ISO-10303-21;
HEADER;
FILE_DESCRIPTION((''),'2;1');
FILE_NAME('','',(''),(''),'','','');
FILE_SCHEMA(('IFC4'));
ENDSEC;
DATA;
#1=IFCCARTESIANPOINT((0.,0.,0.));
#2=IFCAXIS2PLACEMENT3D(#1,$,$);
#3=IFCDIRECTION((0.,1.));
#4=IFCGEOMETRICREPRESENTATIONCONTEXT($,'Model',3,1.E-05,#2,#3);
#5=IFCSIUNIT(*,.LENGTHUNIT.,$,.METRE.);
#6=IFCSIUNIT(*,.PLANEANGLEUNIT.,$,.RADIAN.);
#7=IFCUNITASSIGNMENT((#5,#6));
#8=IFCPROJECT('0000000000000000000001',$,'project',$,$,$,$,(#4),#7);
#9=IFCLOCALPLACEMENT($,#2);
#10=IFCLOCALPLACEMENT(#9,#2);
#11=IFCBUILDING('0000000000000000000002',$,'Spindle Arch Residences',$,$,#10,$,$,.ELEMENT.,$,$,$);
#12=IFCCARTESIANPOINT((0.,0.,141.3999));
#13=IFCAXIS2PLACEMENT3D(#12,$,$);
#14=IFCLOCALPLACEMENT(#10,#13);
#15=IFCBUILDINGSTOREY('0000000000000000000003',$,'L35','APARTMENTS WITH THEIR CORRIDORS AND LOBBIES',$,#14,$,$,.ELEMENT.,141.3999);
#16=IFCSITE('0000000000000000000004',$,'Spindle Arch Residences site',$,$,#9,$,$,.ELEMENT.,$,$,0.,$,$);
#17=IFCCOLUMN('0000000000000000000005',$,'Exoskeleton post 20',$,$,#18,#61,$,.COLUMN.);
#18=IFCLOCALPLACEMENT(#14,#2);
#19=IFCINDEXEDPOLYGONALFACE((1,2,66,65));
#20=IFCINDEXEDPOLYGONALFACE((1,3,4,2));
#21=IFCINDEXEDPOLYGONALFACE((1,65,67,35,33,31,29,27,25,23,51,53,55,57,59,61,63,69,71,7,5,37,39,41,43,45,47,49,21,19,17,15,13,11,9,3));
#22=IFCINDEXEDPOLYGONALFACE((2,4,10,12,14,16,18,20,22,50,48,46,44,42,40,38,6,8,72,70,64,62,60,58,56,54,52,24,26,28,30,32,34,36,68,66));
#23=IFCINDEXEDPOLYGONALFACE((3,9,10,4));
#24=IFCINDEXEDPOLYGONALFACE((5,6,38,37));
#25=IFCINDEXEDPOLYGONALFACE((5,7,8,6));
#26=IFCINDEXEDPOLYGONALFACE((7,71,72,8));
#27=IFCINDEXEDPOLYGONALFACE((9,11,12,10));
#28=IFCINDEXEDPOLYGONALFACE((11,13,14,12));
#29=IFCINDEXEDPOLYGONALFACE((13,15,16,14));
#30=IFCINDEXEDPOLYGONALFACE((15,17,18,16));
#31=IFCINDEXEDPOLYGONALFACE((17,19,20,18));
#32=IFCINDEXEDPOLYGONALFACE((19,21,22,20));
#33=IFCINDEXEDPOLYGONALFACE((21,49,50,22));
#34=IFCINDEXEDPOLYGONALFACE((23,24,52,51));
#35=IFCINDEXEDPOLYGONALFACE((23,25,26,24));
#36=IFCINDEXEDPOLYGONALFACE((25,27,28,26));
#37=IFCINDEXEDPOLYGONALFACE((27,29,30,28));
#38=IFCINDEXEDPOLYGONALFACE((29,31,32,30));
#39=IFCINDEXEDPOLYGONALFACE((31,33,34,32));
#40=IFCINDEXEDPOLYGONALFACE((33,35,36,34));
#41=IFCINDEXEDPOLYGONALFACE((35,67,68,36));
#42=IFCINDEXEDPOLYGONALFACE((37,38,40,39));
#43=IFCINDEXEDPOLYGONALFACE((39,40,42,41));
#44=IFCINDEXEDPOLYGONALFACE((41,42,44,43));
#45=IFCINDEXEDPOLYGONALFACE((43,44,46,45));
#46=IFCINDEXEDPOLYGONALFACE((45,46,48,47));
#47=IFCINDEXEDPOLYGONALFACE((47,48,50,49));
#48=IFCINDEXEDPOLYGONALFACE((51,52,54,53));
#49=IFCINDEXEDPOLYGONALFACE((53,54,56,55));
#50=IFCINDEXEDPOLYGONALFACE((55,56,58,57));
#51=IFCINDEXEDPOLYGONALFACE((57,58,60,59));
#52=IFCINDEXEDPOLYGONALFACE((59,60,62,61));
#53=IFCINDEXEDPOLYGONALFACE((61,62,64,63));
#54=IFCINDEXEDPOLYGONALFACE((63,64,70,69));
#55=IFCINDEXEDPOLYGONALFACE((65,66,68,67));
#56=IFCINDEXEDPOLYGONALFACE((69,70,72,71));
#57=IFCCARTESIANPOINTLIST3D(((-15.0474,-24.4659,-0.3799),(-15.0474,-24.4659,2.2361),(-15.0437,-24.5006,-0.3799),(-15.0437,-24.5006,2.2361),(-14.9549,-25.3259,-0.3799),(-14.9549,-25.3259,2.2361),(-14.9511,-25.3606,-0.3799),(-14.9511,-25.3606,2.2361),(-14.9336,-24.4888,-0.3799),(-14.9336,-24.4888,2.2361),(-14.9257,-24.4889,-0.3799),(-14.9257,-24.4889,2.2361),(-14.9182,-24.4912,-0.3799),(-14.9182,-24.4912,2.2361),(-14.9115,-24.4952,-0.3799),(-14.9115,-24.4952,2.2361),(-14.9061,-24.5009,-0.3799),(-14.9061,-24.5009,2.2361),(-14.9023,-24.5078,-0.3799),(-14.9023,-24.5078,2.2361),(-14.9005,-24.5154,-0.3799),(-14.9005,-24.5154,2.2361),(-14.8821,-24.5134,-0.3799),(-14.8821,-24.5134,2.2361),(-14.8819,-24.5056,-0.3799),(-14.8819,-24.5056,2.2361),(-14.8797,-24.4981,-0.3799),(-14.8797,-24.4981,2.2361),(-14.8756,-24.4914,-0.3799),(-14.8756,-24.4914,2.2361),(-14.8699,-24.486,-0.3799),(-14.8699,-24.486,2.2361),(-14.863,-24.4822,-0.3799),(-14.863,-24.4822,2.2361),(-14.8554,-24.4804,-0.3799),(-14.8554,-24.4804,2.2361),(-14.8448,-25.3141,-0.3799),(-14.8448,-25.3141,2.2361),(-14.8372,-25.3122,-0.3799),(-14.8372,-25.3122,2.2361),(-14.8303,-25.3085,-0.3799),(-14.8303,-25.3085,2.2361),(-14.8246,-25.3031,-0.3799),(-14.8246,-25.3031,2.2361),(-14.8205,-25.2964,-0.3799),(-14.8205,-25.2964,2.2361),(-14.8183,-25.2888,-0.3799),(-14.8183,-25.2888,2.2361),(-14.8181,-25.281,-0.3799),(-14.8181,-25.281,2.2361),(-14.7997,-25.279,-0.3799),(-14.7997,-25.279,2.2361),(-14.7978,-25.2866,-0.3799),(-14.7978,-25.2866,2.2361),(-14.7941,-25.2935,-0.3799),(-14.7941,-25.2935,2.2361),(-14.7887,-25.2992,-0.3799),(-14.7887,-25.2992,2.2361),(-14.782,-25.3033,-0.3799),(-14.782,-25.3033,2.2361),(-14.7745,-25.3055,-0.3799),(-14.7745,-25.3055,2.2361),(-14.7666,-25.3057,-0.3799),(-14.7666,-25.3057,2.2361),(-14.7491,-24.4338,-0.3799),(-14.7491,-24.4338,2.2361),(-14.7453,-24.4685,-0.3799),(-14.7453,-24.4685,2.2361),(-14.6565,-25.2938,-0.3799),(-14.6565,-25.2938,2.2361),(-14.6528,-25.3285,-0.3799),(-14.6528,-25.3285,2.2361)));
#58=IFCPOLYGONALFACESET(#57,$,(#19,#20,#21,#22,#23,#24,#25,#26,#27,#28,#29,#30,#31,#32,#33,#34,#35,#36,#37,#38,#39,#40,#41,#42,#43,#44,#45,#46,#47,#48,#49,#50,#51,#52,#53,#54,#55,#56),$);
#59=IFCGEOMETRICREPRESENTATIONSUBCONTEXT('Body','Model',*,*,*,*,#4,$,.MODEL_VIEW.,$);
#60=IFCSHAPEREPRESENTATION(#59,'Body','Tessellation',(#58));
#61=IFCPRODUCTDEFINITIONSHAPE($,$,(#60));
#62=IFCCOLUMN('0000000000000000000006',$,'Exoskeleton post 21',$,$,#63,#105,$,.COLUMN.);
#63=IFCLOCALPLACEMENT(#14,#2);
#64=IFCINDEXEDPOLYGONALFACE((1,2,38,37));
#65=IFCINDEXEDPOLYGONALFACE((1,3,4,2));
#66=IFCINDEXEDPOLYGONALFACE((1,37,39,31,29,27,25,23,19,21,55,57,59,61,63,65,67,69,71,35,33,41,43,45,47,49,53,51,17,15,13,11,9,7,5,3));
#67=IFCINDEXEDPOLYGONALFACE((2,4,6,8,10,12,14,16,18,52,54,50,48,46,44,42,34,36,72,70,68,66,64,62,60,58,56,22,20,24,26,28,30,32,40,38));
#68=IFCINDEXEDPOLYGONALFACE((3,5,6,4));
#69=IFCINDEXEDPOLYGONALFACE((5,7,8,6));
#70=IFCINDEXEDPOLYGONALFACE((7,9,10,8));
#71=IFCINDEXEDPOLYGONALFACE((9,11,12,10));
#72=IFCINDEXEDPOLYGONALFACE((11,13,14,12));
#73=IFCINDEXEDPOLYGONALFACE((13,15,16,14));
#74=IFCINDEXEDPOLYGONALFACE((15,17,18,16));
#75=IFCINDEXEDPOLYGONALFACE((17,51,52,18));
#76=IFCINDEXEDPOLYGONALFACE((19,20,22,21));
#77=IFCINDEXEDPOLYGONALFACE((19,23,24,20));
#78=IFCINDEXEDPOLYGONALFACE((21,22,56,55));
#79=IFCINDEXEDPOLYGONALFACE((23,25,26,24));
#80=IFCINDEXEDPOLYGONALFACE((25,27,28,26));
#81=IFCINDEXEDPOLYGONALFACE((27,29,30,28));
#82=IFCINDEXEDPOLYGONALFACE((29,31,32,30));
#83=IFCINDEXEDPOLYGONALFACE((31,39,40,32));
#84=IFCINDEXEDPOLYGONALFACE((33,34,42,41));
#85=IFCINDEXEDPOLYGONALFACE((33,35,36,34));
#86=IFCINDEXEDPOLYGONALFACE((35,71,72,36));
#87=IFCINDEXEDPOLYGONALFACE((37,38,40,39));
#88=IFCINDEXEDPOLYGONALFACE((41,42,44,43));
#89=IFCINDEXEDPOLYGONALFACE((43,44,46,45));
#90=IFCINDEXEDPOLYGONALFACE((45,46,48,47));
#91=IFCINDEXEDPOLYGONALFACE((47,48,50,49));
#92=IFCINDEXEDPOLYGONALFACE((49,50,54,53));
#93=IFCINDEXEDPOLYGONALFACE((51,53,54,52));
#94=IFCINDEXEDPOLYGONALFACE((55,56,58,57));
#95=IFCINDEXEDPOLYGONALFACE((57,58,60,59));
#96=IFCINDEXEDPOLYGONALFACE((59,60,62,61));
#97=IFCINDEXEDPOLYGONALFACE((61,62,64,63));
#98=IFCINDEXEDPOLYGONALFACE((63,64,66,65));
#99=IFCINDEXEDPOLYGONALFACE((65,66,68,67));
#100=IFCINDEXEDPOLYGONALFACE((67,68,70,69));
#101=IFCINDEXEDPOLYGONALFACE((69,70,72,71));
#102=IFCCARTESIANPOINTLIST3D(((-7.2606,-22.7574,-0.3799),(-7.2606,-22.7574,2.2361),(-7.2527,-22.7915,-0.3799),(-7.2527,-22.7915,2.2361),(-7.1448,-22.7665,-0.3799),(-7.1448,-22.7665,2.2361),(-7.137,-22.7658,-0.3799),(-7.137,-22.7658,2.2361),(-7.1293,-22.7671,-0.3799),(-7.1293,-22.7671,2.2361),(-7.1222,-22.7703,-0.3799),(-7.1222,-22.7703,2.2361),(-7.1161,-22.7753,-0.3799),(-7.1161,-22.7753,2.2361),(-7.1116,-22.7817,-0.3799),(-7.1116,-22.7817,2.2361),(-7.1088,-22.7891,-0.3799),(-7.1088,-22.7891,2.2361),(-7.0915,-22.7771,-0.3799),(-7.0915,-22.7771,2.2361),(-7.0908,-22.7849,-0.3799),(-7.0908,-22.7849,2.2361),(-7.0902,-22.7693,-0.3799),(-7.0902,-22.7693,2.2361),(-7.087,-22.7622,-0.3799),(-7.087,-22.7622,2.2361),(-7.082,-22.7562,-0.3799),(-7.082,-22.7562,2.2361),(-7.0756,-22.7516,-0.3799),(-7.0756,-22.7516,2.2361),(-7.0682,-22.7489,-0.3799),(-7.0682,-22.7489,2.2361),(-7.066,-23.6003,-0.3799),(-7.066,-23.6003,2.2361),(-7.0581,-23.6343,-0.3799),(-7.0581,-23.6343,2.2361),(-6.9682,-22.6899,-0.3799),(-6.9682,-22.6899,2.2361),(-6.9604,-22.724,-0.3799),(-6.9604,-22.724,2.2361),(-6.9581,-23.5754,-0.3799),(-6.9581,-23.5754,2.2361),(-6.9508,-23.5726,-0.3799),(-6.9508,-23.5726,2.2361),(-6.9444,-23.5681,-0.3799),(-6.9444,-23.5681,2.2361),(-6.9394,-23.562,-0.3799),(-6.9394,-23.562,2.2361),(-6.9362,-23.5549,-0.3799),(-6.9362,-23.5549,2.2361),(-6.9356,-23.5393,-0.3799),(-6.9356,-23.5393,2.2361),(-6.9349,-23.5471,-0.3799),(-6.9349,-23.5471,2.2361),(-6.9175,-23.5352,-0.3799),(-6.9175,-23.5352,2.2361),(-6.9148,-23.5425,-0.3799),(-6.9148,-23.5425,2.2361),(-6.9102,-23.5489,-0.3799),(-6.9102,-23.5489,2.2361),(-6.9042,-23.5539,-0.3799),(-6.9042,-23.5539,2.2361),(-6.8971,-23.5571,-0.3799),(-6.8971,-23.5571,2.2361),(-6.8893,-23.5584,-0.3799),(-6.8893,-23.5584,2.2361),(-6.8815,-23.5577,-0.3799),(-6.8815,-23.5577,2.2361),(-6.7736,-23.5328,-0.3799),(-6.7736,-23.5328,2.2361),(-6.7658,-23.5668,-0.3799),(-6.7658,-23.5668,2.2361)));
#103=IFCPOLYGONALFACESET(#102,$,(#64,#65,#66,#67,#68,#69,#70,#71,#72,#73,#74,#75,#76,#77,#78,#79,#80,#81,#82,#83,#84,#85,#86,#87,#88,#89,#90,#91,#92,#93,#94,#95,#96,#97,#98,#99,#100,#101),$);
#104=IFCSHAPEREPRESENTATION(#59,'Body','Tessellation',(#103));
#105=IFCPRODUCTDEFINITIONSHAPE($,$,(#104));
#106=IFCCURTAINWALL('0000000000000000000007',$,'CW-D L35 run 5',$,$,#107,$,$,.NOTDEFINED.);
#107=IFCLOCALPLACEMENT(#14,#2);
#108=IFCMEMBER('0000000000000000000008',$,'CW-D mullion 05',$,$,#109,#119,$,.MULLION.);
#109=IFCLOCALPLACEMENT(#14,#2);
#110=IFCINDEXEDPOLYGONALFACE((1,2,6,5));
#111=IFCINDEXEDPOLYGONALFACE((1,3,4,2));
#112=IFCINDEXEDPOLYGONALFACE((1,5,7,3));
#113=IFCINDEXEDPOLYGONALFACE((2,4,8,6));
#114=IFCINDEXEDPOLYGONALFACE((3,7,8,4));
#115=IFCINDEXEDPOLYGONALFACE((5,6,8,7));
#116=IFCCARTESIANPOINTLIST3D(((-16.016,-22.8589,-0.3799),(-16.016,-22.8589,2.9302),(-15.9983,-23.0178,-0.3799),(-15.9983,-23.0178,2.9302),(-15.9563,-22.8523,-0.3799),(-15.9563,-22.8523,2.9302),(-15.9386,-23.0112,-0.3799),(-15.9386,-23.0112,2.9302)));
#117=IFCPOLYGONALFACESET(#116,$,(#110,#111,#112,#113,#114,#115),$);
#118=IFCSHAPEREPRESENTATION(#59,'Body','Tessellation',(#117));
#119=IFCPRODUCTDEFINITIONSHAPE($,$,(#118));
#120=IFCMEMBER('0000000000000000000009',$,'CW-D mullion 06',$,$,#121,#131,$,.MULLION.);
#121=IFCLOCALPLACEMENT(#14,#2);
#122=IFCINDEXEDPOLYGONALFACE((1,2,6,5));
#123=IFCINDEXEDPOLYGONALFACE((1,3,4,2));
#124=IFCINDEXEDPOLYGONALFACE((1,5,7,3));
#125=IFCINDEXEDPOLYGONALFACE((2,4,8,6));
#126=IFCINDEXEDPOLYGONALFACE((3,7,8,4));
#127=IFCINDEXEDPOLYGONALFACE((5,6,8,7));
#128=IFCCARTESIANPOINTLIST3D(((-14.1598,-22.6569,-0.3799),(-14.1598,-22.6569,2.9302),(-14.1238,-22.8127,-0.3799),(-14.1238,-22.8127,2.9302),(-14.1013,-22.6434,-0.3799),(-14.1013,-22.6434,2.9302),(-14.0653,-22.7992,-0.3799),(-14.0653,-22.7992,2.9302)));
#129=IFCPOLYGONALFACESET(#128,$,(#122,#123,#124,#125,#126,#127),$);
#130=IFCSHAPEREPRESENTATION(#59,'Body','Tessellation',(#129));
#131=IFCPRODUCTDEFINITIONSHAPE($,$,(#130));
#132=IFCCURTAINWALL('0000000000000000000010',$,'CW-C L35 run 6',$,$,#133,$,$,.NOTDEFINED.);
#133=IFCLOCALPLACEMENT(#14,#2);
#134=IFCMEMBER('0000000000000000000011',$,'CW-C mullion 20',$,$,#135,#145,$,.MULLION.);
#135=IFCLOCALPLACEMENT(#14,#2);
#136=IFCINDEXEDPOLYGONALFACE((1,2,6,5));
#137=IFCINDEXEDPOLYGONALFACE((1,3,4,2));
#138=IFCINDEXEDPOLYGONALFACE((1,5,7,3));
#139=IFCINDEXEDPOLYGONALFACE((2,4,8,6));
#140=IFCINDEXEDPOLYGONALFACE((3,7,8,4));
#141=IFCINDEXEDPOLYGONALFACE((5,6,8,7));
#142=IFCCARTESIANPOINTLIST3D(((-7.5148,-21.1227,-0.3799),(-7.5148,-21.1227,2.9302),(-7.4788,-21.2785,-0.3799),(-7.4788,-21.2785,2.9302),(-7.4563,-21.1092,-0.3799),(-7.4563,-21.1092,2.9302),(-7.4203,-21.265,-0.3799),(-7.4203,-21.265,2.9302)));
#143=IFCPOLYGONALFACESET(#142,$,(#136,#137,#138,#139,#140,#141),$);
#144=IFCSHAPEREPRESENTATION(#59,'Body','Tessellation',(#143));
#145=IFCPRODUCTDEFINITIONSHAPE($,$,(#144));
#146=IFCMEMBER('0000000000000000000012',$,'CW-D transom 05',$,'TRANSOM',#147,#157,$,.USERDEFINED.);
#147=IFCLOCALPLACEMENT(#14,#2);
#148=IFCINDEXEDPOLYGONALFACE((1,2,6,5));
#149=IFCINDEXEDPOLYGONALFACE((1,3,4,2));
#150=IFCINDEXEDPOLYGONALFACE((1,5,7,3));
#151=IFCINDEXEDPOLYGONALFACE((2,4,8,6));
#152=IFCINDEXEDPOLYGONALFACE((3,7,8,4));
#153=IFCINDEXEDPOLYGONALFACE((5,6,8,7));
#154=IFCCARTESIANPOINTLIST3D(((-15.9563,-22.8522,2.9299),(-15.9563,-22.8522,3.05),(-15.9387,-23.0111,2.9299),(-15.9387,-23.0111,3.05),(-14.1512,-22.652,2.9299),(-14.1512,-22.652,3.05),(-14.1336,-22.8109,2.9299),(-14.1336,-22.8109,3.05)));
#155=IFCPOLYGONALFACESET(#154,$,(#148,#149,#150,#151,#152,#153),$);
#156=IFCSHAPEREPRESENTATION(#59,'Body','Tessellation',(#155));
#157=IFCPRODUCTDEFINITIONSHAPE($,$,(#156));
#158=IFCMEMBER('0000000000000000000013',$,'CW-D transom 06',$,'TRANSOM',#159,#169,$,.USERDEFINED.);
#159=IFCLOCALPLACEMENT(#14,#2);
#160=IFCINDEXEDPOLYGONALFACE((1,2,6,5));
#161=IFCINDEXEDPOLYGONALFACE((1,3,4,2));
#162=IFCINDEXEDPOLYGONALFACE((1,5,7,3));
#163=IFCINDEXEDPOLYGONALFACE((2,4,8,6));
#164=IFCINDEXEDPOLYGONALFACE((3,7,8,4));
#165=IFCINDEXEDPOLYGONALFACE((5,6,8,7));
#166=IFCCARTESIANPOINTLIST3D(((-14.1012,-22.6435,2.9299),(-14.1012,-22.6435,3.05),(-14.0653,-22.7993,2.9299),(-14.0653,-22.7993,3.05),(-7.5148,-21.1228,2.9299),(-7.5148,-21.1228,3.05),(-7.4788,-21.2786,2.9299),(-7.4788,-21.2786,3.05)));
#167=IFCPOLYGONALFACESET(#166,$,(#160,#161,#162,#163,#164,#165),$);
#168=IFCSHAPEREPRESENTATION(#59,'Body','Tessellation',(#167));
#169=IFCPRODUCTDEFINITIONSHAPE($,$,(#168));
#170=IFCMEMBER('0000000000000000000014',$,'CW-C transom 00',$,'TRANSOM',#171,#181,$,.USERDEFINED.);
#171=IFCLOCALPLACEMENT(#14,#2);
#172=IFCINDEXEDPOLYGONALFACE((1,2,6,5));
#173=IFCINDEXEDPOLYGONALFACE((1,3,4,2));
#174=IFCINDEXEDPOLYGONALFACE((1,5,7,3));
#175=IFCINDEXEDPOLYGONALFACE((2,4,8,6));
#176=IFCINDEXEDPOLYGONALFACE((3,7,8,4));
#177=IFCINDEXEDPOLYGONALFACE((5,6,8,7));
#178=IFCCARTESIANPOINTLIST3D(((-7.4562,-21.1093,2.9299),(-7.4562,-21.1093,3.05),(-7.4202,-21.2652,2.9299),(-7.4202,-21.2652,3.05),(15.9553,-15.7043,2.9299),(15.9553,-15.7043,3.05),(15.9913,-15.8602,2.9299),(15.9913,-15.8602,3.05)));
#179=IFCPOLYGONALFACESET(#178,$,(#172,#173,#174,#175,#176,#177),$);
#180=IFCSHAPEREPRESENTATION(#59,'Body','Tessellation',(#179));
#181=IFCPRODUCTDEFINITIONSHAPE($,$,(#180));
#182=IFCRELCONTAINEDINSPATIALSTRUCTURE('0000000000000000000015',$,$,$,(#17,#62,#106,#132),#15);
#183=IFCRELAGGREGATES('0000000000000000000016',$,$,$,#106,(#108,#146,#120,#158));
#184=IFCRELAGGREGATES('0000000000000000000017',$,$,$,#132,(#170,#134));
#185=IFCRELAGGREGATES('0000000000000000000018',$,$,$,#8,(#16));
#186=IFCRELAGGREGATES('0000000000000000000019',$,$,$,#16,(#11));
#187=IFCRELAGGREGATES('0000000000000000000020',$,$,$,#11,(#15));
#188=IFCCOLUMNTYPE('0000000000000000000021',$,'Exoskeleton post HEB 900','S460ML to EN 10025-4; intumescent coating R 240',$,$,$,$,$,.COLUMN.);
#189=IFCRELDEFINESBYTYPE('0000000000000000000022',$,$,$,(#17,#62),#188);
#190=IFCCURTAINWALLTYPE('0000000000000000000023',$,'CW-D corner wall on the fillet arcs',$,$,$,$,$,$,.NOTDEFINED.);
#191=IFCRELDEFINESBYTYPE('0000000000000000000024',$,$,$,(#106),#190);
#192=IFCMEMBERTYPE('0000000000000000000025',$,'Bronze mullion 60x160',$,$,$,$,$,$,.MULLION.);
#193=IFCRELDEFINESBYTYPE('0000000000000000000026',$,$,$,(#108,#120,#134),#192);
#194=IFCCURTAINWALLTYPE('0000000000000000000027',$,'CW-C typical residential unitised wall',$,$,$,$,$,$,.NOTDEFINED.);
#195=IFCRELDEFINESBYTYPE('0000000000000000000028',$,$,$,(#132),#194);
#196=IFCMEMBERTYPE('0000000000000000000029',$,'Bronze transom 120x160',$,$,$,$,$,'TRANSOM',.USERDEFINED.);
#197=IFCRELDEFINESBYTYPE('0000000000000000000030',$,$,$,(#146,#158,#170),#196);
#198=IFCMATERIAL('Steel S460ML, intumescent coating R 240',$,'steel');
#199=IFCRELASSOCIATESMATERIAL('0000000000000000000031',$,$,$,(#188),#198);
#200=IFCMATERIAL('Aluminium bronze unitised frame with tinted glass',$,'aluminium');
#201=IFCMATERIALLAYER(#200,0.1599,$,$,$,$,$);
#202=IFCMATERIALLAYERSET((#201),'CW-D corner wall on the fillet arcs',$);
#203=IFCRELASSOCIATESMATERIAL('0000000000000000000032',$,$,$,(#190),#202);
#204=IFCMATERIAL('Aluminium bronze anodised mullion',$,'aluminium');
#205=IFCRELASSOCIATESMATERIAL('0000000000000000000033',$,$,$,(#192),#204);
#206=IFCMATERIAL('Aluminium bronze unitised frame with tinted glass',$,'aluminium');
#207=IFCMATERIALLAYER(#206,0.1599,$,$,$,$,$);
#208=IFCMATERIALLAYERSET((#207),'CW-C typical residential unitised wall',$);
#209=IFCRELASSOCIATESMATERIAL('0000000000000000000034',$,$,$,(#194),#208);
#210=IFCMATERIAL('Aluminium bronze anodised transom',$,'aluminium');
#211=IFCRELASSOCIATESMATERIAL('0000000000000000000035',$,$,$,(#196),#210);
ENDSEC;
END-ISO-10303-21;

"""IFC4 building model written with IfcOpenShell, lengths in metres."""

from ifc_helpers import new_model, si_unit, direction, frame, origin, origin_2d, place, context, subcontext, project, spatial, rectangle, i_section, extrude, material, layer, layer_set, material_profile, profile_set, type_object, element, aggregate, save


model = new_model("IFC4")

# Units and contexts
model_context = context("Model", 3, precision=1e-05, world=origin(), true_north=direction((0.0, 1.0)))
body_context = subcontext(model_context, "Body", "Model", "MODEL_VIEW")
ifc_project = project(units=[si_unit("LENGTHUNIT", "METRE"), si_unit("PLANEANGLEUNIT", "RADIAN")], contexts=[model_context])

# Site, building, storey
site_placement = place(None, origin())
site = spatial("IfcSite", under=ifc_project, at=site_placement, Name="Spindle Arch Residences site", CompositionType="ELEMENT", RefElevation=0.0)
building_placement = place(site_placement, origin())
building = spatial("IfcBuilding", under=site, at=building_placement, Name="Spindle Arch Residences", CompositionType="ELEMENT")
storey_placement = place(building_placement, frame((0.0, 0.0, 141.3999)))
storey = spatial("IfcBuildingStorey", under=building, at=storey_placement, Name="L35", Description="APARTMENTS WITH THEIR CORRIDORS AND LOBBIES", CompositionType="ELEMENT", Elevation=141.3999)

# Columns
ifc_material_1 = material(Name="Steel S460ML, intumescent coating R 240", Category="steel")
ifc_material_profile_1 = material_profile(ifc_material_1, i_section(OverallWidth=0.3, OverallDepth=0.8999, WebThickness=0.0186, FlangeThickness=0.0349, FilletRadius=0.03, at=origin_2d()), Name="HEB 900")
ifc_profile_set_1 = profile_set([ifc_material_profile_1], Name="Steel S460ML, intumescent coating R 240")
column_type = type_object("IfcColumnType", Name="Exoskeleton post HEB 900", Description="S460ML to EN 10025-4; intumescent coating R 240", PredefinedType="COLUMN", material=ifc_profile_set_1)
for number, where, z_axis, x_axis, name in (
    (1, (-14.8501, -24.8972, -0.3799), (0.0, 0.0, 1.0), (-0.994264, -0.106952, 0.0), "Exoskeleton post 20"),
    (2, (-7.0132, -23.1621, -0.3799), (0.0, 0.0, 1.0), (-0.97437, -0.224951, 0.0), "Exoskeleton post 21"),
):
    element("IfcColumn", number, at=place(storey_placement, frame(where, z_axis=z_axis, x_axis=x_axis)), inside=storey, type_object=column_type, Name=name, PredefinedType="COLUMN", context=body_context, shape_type="SweptSolid", body=[
        extrude(i_section(OverallWidth=0.3, OverallDepth=0.8999, WebThickness=0.0186, FlangeThickness=0.0349, FilletRadius=0.03, at=origin_2d()), origin(), (0.0, 0.0, 1.0), 2.616),
    ])

# Curtain wall, members
ifc_material_2 = material(Name="Aluminium bronze unitised frame with tinted glass", Category="aluminium")
ifc_layer_1 = layer(ifc_material_2, 0.1599)
ifc_layer_set_1 = layer_set([ifc_layer_1], Name="CW-D corner wall on the fillet arcs")
curtain_wall_type_1 = type_object("IfcCurtainWallType", Name="CW-D corner wall on the fillet arcs", PredefinedType="NOTDEFINED", material=ifc_layer_set_1)
curtain_wall_1_placement = place(storey_placement, origin())
curtain_wall_1 = element("IfcCurtainWall", 3, at=curtain_wall_1_placement, inside=storey, type_object=curtain_wall_type_1, Name="CW-D L35 run 5", PredefinedType="NOTDEFINED")
ifc_material_3 = material(Name="Aluminium bronze anodised mullion", Category="aluminium")
ifc_material_profile_2 = material_profile(ifc_material_3, rectangle(XDim=0.1599, YDim=0.0601, at=origin_2d()), Name="MU 60x160")
ifc_profile_set_2 = profile_set([ifc_material_profile_2], Name="Aluminium bronze anodised mullion")
member_type_1 = type_object("IfcMemberType", Name="Bronze mullion 60x160", PredefinedType="MULLION", material=ifc_profile_set_2)
member_1_placement = place(storey_placement, frame((-15.9773, -22.9351, -0.3799), z_axis=(0.0, 0.0, 1.0), x_axis=(-0.110313, 0.993897, 0.0)))
member_1 = element("IfcMember", 4, at=member_1_placement, type_object=member_type_1, Name="CW-D mullion 05", PredefinedType="MULLION", context=body_context, shape_type="SweptSolid", body=[
    extrude(rectangle(XDim=0.1599, YDim=0.0601, at=origin_2d()), origin(), (0.0, 0.0, 1.0), 3.3101),
])
member_2_placement = place(storey_placement, frame((-14.1125, -22.728, -0.3799), z_axis=(0.0, 0.0, 1.0), x_axis=(-0.224951, 0.97437, 0.0)))
member_2 = element("IfcMember", 5, at=member_2_placement, type_object=member_type_1, Name="CW-D mullion 06", PredefinedType="MULLION", context=body_context, shape_type="SweptSolid", body=[
    extrude(rectangle(XDim=0.1599, YDim=0.0601, at=origin_2d()), origin(), (0.0, 0.0, 1.0), 3.3101),
])

# Curtain wall, member
ifc_material_4 = material(Name="Aluminium bronze unitised frame with tinted glass", Category="aluminium")
ifc_layer_2 = layer(ifc_material_4, 0.1599)
ifc_layer_set_2 = layer_set([ifc_layer_2], Name="CW-C typical residential unitised wall")
curtain_wall_type_2 = type_object("IfcCurtainWallType", Name="CW-C typical residential unitised wall", PredefinedType="NOTDEFINED", material=ifc_layer_set_2)
curtain_wall_2_placement = place(storey_placement, origin())
curtain_wall_2 = element("IfcCurtainWall", 6, at=curtain_wall_2_placement, inside=storey, type_object=curtain_wall_type_2, Name="CW-C L35 run 6", PredefinedType="NOTDEFINED")
member_3_placement = place(storey_placement, frame((-7.4675, -21.1938, -0.3799), z_axis=(0.0, 0.0, 1.0), x_axis=(-0.224951, 0.97437, 0.0)))
member_3 = element("IfcMember", 7, at=member_3_placement, type_object=member_type_1, Name="CW-C mullion 20", PredefinedType="MULLION", context=body_context, shape_type="SweptSolid", body=[
    extrude(rectangle(XDim=0.1599, YDim=0.0601, at=origin_2d()), origin(), (0.0, 0.0, 1.0), 3.3101),
])

# Members
ifc_material_5 = material(Name="Aluminium bronze anodised transom", Category="aluminium")
ifc_material_profile_3 = material_profile(ifc_material_5, rectangle(XDim=0.1599, YDim=0.1201, at=origin_2d()), Name="TR 120x160")
ifc_profile_set_3 = profile_set([ifc_material_profile_3], Name="Aluminium bronze anodised transom")
member_type_2 = type_object("IfcMemberType", Name="Bronze transom 120x160", ElementType="TRANSOM", PredefinedType="USERDEFINED", material=ifc_profile_set_3)
member_4_placement = place(storey_placement, frame((-15.9475, -22.9316, 2.99), z_axis=(0.993907, 0.110225, 0.0), x_axis=(-0.110225, 0.993907, 0.0)))
member_4 = element("IfcMember", 8, at=member_4_placement, type_object=member_type_2, Name="CW-D transom 05", ObjectType="TRANSOM", PredefinedType="USERDEFINED", context=body_context, shape_type="SweptSolid", body=[
    extrude(rectangle(XDim=0.1599, YDim=0.1201, at=origin_2d()), origin(), (0.0, 0.0, 1.0), 1.8162),
])
member_5_placement = place(storey_placement, frame((-14.0833, -22.7214, 2.99), z_axis=(0.974365, 0.224973, 0.0), x_axis=(-0.224973, 0.974365, 0.0)))
member_5 = element("IfcMember", 9, at=member_5_placement, type_object=member_type_2, Name="CW-D transom 06", ObjectType="TRANSOM", PredefinedType="USERDEFINED", context=body_context, shape_type="SweptSolid", body=[
    extrude(rectangle(XDim=0.1599, YDim=0.1201, at=origin_2d()), origin(), (0.0, 0.0, 1.0), 6.7598),
])
member_6_placement = place(storey_placement, frame((-7.4382, -21.1873, 2.99), z_axis=(0.97437, 0.224952, 0.0), x_axis=(-0.224952, 0.97437, 0.0)))
member_6 = element("IfcMember", 10, at=member_6_placement, type_object=member_type_2, Name="CW-C transom 00", ObjectType="TRANSOM", PredefinedType="USERDEFINED", context=body_context, shape_type="SweptSolid", body=[
    extrude(rectangle(XDim=0.1599, YDim=0.1201, at=origin_2d()), origin(), (0.0, 0.0, 1.0), 24.0273),
])

aggregate(curtain_wall_1, [member_1, member_4, member_2, member_5])
aggregate(curtain_wall_2, [member_6, member_3])

save(model, "model.ifc")
